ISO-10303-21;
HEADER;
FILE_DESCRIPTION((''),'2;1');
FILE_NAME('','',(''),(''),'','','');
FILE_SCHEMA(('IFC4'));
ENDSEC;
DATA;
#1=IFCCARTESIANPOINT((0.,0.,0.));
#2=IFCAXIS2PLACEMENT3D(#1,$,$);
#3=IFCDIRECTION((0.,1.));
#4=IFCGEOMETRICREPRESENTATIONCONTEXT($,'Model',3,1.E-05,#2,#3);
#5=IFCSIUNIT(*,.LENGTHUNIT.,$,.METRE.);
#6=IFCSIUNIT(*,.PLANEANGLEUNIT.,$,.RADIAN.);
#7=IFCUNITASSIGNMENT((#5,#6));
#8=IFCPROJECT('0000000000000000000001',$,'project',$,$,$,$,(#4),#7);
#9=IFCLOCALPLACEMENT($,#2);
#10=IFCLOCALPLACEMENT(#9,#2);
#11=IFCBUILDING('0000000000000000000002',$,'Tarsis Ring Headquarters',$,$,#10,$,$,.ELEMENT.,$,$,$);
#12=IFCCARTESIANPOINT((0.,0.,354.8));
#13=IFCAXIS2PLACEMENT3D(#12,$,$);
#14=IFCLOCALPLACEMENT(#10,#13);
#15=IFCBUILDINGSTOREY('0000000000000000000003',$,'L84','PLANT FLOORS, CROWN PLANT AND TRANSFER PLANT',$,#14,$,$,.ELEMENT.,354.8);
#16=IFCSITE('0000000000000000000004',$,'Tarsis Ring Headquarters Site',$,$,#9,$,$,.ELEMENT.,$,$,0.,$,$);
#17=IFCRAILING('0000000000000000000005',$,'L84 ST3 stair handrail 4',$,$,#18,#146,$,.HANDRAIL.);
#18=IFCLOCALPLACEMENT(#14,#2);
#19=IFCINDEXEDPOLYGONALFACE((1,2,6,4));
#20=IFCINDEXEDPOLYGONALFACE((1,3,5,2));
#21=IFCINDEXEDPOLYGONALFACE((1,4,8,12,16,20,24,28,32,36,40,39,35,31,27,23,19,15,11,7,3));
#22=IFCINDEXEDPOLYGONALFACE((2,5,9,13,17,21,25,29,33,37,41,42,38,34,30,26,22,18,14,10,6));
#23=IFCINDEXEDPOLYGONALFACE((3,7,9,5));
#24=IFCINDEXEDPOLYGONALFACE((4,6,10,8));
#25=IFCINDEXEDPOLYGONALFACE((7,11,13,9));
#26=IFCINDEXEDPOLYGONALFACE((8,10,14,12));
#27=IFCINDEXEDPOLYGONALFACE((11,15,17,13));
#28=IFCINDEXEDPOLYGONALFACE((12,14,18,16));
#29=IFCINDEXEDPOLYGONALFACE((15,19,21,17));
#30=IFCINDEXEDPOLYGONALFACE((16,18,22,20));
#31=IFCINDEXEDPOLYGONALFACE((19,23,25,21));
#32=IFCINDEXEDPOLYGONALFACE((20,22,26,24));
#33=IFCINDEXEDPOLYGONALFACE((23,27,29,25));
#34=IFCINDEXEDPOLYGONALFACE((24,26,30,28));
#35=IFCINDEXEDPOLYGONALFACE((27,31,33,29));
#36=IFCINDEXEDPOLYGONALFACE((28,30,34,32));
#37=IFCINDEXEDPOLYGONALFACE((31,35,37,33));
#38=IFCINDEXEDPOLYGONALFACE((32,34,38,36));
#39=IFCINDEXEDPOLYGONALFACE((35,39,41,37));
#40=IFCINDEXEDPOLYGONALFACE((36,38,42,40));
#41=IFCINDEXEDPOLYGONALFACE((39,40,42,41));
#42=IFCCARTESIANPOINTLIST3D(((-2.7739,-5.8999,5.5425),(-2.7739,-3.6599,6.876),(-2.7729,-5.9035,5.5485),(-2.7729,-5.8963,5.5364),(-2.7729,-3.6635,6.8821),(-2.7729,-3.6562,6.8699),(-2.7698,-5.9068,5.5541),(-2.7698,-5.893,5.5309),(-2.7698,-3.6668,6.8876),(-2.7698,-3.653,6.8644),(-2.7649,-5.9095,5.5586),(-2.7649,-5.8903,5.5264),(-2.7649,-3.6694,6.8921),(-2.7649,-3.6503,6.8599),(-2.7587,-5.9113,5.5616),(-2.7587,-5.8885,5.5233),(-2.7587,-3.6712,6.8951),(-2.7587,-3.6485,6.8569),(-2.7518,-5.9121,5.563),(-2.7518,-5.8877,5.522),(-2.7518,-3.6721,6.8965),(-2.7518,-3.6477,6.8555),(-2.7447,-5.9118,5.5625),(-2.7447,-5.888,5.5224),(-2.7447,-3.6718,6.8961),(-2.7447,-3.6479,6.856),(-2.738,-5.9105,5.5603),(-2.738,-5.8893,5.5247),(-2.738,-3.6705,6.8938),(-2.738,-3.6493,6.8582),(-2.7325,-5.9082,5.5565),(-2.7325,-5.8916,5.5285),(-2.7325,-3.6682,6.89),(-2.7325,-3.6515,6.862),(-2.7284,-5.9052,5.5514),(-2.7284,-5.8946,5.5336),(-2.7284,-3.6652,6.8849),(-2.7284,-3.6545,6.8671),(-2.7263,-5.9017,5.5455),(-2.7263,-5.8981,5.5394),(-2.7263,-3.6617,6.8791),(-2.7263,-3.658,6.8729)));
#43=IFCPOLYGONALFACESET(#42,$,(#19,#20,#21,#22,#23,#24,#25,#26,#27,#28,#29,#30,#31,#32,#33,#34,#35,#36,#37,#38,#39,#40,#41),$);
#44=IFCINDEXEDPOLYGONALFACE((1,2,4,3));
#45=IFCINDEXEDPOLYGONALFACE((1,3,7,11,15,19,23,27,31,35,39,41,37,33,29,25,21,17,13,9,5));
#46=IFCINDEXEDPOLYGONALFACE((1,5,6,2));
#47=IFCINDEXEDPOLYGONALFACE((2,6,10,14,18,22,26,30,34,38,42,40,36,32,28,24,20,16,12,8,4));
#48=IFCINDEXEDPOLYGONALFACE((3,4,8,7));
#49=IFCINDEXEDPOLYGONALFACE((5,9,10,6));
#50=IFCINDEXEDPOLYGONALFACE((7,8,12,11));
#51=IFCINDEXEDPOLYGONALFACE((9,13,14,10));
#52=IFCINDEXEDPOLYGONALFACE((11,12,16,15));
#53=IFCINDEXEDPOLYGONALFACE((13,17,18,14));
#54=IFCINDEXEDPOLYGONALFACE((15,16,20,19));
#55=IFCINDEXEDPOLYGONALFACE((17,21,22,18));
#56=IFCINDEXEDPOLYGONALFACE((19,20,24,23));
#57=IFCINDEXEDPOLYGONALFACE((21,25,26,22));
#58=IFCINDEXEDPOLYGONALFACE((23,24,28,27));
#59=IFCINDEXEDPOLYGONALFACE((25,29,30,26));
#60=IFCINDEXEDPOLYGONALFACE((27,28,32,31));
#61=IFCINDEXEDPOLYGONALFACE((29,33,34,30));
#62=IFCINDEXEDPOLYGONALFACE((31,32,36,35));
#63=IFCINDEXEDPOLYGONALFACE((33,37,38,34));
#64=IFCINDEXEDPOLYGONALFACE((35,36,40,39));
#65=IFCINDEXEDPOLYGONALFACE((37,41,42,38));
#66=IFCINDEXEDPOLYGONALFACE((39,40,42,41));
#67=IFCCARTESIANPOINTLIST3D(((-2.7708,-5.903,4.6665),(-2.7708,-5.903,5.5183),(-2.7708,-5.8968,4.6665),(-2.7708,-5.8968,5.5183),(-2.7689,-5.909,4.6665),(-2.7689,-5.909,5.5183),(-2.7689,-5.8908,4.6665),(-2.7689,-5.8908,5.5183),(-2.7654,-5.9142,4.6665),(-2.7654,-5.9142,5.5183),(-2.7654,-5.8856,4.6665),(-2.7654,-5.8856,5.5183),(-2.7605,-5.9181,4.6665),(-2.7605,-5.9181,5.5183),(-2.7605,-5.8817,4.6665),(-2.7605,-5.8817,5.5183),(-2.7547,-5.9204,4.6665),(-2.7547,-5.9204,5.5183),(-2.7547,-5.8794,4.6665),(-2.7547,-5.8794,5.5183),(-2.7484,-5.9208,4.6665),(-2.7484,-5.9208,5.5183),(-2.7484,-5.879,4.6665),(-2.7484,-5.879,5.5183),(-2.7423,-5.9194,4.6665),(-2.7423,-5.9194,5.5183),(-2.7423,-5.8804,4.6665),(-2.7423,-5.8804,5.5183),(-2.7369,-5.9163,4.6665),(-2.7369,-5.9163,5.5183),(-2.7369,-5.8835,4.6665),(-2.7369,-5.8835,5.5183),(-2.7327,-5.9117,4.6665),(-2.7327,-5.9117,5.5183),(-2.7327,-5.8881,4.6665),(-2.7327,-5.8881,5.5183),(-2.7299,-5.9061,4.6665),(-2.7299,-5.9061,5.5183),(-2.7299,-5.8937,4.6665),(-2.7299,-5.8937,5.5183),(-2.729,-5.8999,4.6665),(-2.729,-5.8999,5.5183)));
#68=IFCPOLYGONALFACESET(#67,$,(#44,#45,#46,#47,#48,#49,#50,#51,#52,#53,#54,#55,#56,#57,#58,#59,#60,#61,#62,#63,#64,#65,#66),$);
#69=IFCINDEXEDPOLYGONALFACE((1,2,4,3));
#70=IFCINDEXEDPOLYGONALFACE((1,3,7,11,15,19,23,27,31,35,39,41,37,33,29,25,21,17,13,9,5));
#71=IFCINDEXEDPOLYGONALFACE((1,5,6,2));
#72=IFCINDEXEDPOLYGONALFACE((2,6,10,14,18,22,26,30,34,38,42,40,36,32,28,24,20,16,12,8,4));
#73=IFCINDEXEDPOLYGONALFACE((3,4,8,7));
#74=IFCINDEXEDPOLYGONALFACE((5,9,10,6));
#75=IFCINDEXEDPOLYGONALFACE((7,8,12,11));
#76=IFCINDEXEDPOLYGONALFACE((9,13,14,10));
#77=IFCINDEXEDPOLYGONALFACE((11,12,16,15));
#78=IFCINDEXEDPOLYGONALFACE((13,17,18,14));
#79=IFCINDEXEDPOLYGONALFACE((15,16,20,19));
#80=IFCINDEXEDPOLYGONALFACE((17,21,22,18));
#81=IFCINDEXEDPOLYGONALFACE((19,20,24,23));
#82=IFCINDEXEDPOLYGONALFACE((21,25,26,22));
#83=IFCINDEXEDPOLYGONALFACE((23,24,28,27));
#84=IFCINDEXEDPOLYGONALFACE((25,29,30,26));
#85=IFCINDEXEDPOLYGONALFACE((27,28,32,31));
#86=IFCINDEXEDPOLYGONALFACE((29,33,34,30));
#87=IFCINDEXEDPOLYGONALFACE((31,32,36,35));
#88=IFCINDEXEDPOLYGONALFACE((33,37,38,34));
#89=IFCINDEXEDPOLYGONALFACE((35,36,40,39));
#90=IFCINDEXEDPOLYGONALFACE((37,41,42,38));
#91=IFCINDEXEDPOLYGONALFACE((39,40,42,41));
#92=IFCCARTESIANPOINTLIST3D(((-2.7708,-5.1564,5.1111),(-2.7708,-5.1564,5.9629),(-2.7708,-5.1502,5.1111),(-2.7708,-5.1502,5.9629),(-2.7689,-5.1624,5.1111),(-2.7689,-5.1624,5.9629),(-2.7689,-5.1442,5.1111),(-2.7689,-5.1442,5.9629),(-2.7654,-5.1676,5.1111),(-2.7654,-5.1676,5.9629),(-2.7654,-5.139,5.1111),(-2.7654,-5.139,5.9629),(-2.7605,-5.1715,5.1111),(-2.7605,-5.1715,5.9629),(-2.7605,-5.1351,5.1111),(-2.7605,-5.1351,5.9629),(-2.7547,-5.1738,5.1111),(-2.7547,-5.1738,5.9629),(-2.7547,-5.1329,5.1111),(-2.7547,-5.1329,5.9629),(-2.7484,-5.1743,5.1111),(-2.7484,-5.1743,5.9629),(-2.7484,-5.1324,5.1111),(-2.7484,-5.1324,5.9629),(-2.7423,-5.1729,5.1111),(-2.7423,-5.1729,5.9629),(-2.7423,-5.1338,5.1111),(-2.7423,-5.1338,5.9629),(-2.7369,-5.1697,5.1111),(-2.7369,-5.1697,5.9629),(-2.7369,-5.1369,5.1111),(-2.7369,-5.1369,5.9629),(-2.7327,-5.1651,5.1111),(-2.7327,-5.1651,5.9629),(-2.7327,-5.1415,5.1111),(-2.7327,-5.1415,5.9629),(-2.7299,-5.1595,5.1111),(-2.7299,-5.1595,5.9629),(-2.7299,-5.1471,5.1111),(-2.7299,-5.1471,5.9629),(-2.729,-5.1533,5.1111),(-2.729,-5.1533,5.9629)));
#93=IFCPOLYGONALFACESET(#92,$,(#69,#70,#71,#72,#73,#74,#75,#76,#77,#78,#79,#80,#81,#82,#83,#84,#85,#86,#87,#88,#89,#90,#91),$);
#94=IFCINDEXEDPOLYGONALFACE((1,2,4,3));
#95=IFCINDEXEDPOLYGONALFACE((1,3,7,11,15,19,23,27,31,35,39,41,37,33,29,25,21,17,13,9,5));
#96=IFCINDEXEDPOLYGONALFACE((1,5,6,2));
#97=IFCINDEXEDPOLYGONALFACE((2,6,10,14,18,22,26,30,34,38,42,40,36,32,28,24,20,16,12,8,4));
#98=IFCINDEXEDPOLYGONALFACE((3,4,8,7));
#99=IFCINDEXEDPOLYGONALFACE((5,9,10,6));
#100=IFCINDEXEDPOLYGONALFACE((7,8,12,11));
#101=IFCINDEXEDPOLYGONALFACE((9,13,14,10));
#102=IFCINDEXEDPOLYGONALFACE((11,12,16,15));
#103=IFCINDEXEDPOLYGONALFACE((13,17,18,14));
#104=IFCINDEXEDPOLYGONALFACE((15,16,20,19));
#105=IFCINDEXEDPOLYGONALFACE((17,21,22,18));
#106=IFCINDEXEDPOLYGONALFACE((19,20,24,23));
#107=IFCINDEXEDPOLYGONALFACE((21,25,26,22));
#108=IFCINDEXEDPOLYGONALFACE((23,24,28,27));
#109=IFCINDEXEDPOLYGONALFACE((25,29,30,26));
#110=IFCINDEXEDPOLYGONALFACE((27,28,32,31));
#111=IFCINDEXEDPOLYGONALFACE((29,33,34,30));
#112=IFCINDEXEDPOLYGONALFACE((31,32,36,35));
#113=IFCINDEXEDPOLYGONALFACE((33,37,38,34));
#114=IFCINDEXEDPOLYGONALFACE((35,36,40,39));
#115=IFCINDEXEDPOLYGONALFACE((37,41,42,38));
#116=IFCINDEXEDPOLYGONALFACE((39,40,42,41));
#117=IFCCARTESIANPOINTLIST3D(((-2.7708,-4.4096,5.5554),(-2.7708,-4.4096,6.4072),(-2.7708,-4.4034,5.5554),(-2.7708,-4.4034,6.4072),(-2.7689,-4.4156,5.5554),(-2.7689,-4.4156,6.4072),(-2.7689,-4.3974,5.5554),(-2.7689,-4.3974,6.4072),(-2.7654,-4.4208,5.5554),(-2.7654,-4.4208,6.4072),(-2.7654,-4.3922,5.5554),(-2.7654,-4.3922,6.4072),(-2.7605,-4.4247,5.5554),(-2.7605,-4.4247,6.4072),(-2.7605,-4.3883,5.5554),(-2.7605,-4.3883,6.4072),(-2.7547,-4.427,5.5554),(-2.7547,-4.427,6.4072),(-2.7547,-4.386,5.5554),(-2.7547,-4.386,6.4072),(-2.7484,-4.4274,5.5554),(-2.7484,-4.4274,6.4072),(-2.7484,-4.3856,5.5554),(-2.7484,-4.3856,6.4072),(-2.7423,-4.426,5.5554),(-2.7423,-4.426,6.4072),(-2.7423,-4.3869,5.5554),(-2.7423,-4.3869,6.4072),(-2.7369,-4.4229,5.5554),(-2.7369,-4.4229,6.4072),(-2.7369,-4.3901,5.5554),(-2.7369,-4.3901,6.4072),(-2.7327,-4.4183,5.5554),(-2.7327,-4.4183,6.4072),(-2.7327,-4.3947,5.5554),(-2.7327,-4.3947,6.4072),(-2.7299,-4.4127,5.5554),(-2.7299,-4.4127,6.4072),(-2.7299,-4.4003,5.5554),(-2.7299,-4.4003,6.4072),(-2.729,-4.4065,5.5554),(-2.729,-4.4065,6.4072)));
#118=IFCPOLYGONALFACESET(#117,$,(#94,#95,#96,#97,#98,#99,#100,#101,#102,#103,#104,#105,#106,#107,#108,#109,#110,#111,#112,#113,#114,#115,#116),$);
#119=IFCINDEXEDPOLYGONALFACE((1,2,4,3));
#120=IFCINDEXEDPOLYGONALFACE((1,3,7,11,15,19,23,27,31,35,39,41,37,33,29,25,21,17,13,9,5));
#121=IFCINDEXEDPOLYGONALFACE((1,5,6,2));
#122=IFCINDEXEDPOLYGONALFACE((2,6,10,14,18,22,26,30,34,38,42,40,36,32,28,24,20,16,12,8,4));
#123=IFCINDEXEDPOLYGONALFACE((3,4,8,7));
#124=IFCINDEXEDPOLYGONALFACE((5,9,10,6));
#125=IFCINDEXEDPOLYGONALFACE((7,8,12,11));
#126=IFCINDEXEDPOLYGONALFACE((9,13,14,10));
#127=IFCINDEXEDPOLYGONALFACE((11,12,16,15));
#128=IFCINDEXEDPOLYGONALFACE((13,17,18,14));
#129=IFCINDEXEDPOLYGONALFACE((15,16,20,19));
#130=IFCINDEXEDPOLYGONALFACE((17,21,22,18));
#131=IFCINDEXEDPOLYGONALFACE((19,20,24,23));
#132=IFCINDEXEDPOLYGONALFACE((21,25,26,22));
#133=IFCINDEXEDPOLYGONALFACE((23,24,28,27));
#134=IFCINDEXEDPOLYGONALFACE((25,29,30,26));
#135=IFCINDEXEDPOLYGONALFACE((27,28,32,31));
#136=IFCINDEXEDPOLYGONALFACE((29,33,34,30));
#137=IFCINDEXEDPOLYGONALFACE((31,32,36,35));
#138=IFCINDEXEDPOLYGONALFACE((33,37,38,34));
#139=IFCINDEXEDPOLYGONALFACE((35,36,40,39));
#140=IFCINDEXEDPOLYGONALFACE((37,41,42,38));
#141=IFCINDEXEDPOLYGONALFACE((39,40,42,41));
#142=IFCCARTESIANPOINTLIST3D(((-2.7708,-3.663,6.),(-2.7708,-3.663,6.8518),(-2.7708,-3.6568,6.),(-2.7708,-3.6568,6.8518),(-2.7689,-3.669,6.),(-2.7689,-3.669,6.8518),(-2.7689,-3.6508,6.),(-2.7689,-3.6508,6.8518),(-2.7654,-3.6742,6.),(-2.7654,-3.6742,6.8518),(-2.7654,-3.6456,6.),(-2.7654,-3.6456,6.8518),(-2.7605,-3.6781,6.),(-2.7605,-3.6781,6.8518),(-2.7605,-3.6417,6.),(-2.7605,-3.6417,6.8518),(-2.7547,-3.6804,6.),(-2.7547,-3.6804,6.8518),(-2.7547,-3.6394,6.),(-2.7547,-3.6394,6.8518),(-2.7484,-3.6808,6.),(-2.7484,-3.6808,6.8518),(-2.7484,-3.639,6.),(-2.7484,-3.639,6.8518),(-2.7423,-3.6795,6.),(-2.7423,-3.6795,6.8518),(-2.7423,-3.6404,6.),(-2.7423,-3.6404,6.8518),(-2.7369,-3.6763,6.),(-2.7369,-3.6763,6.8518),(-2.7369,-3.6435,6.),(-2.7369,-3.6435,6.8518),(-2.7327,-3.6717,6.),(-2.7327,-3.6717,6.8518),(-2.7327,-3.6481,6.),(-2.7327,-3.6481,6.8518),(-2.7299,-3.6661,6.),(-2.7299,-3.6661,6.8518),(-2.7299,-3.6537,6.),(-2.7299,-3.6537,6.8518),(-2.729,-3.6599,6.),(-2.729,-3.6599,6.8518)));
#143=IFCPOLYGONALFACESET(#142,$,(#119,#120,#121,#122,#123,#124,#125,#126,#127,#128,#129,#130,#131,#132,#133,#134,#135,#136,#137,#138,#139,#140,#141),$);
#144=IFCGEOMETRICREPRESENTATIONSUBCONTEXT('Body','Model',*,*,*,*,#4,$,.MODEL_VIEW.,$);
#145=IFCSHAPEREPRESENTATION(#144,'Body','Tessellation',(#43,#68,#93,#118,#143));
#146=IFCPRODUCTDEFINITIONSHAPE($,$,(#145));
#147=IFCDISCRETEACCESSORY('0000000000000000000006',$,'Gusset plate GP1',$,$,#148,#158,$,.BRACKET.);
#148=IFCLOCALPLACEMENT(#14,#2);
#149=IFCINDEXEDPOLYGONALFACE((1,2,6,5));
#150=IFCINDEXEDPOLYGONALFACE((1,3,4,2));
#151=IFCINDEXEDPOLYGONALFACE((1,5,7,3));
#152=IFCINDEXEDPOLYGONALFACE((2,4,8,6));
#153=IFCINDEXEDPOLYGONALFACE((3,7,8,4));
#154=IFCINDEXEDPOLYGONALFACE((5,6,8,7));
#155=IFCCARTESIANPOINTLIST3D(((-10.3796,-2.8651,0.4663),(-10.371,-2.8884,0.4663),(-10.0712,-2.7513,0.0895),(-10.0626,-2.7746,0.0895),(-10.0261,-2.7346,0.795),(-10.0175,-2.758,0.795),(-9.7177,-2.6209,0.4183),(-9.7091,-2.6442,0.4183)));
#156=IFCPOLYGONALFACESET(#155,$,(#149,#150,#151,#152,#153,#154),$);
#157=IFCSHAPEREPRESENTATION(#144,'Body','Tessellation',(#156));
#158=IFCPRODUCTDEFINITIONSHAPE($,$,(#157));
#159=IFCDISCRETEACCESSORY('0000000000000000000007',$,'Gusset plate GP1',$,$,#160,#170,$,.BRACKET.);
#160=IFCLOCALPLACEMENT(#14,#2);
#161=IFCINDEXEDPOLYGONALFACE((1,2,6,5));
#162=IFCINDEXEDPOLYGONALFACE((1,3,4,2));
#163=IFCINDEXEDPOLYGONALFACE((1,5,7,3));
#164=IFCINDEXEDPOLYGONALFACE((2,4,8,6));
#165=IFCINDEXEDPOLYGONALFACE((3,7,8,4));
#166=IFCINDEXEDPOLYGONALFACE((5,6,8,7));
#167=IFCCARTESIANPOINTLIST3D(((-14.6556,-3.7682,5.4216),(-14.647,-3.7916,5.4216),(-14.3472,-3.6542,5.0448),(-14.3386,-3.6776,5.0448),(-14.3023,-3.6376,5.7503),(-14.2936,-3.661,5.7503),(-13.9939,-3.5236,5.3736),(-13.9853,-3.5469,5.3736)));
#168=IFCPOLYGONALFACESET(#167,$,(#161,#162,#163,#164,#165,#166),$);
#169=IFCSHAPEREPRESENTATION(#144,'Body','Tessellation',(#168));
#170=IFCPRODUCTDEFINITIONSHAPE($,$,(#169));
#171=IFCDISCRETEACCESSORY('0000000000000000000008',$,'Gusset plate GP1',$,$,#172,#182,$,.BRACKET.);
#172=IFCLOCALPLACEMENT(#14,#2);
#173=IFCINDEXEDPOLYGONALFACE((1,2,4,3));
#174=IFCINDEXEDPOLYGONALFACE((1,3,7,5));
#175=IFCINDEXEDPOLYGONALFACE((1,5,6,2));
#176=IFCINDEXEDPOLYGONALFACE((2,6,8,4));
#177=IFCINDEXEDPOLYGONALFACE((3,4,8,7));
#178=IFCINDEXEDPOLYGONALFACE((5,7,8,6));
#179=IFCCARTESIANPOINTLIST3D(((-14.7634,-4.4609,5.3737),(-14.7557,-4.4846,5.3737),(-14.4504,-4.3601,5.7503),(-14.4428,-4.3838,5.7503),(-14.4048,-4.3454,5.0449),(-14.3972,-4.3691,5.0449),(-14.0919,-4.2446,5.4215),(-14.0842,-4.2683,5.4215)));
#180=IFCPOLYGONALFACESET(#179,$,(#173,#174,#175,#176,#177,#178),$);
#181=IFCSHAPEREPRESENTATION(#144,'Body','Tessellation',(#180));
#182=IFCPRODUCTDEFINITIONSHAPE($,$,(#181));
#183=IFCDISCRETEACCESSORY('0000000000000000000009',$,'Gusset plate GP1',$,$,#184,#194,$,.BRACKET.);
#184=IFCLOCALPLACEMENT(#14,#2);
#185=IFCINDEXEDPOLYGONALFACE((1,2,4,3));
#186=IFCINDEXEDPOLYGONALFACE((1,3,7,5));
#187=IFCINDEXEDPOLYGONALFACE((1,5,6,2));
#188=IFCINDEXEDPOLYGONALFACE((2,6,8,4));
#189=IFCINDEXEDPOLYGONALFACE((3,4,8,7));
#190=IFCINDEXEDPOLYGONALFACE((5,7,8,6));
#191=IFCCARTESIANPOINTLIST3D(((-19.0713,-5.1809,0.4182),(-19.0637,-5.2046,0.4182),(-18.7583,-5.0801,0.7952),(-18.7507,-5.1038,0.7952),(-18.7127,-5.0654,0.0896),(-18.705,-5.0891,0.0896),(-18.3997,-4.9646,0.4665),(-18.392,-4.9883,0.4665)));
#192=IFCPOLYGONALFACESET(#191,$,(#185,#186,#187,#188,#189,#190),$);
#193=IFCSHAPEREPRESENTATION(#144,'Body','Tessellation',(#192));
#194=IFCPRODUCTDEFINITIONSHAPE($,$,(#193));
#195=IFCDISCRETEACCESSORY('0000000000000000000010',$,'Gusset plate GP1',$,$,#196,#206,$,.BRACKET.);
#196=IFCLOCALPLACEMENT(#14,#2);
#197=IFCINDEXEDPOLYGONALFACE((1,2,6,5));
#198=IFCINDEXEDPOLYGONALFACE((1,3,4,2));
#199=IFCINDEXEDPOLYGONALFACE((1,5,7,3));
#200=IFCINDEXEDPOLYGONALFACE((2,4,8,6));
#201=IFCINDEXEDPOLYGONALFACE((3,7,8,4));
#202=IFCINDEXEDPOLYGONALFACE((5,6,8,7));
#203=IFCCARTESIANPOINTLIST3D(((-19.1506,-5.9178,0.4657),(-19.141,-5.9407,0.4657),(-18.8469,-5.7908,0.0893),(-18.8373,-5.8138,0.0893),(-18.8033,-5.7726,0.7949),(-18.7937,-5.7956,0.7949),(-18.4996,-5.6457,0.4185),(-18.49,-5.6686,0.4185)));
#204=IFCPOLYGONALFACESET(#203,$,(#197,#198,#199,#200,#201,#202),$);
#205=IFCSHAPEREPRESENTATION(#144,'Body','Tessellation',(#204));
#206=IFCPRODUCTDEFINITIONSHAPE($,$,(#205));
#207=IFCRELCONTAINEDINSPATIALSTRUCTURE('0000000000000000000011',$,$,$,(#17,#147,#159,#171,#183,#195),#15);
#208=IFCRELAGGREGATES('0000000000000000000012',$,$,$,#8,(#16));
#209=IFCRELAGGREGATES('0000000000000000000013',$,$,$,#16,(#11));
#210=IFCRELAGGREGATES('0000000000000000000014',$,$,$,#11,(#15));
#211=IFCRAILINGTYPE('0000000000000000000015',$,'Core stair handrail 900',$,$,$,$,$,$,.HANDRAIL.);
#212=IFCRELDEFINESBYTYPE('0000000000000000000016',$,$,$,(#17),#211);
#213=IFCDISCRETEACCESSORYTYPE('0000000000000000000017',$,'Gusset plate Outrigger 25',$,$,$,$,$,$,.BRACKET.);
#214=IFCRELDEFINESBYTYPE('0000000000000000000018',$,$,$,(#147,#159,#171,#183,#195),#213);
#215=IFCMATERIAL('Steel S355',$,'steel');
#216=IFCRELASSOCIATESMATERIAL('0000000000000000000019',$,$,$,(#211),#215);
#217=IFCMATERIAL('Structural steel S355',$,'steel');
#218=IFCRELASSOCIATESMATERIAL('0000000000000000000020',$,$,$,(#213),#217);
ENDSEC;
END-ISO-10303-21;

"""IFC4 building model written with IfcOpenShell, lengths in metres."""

from ifc_helpers import new_model, si_unit, direction, frame, origin, origin_2d, place, context, subcontext, project, spatial, rectangle, circle, extrude, material, material_profile, profile_set, type_object, element, save


model = new_model("IFC4")

# Units and contexts
model_context = context("Model", 3, precision=1e-05, world=origin(), true_north=direction((0.0, 1.0)))
body_context = subcontext(model_context, "Body", "Model", "MODEL_VIEW")
ifc_project = project(units=[si_unit("LENGTHUNIT", "METRE"), si_unit("PLANEANGLEUNIT", "RADIAN")], contexts=[model_context])

# Site, building, storey
site_placement = place(None, origin())
site = spatial("IfcSite", under=ifc_project, at=site_placement, Name="Tarsis Ring Headquarters Site", CompositionType="ELEMENT", RefElevation=0.0)
building_placement = place(site_placement, origin())
building = spatial("IfcBuilding", under=site, at=building_placement, Name="Tarsis Ring Headquarters", CompositionType="ELEMENT")
storey_placement = place(building_placement, frame((0.0, 0.0, 354.8)))
storey = spatial("IfcBuildingStorey", under=building, at=storey_placement, Name="L84", Description="PLANT FLOORS, CROWN PLANT AND TRANSFER PLANT", CompositionType="ELEMENT", Elevation=354.8)

# Shared definitions
ifc_material_1 = material(Name="Structural steel S355", Category="steel")

# Railing
ifc_material_2 = material(Name="Steel S355", Category="steel")
railing_type_1 = type_object("IfcRailingType", Name="Core stair handrail 900", PredefinedType="HANDRAIL", material=ifc_material_2)
railing_1_placement = place(storey_placement, frame((-2.75, -5.8999, 4.6665)))
element("IfcRailing", 1, at=railing_1_placement, inside=storey, type_object=railing_type_1, Name="L84 ST3 stair handrail 4", PredefinedType="HANDRAIL", context=body_context, shape_type="SweptSolid", body=[
    extrude(circle(Radius=0.0239, at=origin_2d()), frame((0.0, 0.0, 0.876), z_axis=(0.0, 0.859264, 0.511532), x_axis=(-1.0, 0.0, 0.0)), (0.0, 0.0, 1.0), 2.6069),
    extrude(circle(Radius=0.021, at=origin_2d()), origin(), (0.0, 0.0, 1.0), 0.8518),
    extrude(circle(Radius=0.021, at=origin_2d()), frame((0.0, 0.7466, 0.4446)), (0.0, 0.0, 1.0), 0.8518),
    extrude(circle(Radius=0.021, at=origin_2d()), frame((0.0, 1.4934, 0.8889)), (0.0, 0.0, 1.0), 0.8518),
    extrude(circle(Radius=0.021, at=origin_2d()), frame((0.0, 2.24, 1.3335)), (0.0, 0.0, 1.0), 0.8518),
])

# Discrete accessories
ifc_material_profile_1 = material_profile(ifc_material_1, rectangle(XDim=0.0249, YDim=0.5, at=origin_2d()), Name="PL 25x500")
ifc_profile_set_1 = profile_set([ifc_material_profile_1], Name="Structural steel S355")
discrete_accessory_type_1 = type_object("IfcDiscreteAccessoryType", Name="Gusset plate Outrigger 25", PredefinedType="BRACKET", material=ifc_profile_set_1)
for number, where, z_axis, x_axis, name in (
    (2, (-9.8901, -2.6978, 0.2539), (-0.616782, -0.22757, 0.753519), (0.346153, -0.938178, 0.0), "Gusset plate GP1"),
    (3, (-14.4746, -3.7146, 5.5859), (0.616714, 0.228033, -0.753436), (-0.346806, 0.937937, 0.0), "Gusset plate GP1"),
    (4, (-14.2673, -4.3142, 5.5859), (-0.625929, -0.201645, -0.753361), (0.306634, -0.951828, 0.0), "Gusset plate GP1"),
):
    element("IfcDiscreteAccessory", number, at=place(storey_placement, frame(where, z_axis=z_axis, x_axis=x_axis)), inside=storey, type_object=discrete_accessory_type_1, Name=name, PredefinedType="BRACKET", context=body_context, shape_type="SweptSolid", body=[
        extrude(rectangle(XDim=0.0249, YDim=0.5, at=origin_2d()), origin(), (0.0, 0.0, 1.0), 0.5),
    ])
discrete_accessory_1_placement = place(storey_placement, frame((-18.8882, -5.135, 0.2539), z_axis=(0.625699, 0.201571, 0.753572), x_axis=(-0.306634, 0.951828, 0.0)))
element("IfcDiscreteAccessory", 5, at=discrete_accessory_1_placement, inside=storey, type_object=discrete_accessory_type_1, Name="Gusset plate GP1", PredefinedType="BRACKET", context=body_context, shape_type="SweptSolid", body=[
    extrude(rectangle(XDim=0.0249, YDim=0.5, at=origin_2d()), origin(), (0.0, 0.0, 1.0), 0.5002),
])
discrete_accessory_2_placement = place(storey_placement, frame((-18.6685, -5.7297, 0.2539), z_axis=(-0.607321, -0.253864, 0.752804), x_axis=(0.385668, -0.922637, 0.0)))
element("IfcDiscreteAccessory", 6, at=discrete_accessory_2_placement, inside=storey, type_object=discrete_accessory_type_1, Name="Gusset plate GP1", PredefinedType="BRACKET", context=body_context, shape_type="SweptSolid", body=[
    extrude(rectangle(XDim=0.0249, YDim=0.5, at=origin_2d()), origin(), (0.0, 0.0, 1.0), 0.5),
])

save(model, "model.ifc")
